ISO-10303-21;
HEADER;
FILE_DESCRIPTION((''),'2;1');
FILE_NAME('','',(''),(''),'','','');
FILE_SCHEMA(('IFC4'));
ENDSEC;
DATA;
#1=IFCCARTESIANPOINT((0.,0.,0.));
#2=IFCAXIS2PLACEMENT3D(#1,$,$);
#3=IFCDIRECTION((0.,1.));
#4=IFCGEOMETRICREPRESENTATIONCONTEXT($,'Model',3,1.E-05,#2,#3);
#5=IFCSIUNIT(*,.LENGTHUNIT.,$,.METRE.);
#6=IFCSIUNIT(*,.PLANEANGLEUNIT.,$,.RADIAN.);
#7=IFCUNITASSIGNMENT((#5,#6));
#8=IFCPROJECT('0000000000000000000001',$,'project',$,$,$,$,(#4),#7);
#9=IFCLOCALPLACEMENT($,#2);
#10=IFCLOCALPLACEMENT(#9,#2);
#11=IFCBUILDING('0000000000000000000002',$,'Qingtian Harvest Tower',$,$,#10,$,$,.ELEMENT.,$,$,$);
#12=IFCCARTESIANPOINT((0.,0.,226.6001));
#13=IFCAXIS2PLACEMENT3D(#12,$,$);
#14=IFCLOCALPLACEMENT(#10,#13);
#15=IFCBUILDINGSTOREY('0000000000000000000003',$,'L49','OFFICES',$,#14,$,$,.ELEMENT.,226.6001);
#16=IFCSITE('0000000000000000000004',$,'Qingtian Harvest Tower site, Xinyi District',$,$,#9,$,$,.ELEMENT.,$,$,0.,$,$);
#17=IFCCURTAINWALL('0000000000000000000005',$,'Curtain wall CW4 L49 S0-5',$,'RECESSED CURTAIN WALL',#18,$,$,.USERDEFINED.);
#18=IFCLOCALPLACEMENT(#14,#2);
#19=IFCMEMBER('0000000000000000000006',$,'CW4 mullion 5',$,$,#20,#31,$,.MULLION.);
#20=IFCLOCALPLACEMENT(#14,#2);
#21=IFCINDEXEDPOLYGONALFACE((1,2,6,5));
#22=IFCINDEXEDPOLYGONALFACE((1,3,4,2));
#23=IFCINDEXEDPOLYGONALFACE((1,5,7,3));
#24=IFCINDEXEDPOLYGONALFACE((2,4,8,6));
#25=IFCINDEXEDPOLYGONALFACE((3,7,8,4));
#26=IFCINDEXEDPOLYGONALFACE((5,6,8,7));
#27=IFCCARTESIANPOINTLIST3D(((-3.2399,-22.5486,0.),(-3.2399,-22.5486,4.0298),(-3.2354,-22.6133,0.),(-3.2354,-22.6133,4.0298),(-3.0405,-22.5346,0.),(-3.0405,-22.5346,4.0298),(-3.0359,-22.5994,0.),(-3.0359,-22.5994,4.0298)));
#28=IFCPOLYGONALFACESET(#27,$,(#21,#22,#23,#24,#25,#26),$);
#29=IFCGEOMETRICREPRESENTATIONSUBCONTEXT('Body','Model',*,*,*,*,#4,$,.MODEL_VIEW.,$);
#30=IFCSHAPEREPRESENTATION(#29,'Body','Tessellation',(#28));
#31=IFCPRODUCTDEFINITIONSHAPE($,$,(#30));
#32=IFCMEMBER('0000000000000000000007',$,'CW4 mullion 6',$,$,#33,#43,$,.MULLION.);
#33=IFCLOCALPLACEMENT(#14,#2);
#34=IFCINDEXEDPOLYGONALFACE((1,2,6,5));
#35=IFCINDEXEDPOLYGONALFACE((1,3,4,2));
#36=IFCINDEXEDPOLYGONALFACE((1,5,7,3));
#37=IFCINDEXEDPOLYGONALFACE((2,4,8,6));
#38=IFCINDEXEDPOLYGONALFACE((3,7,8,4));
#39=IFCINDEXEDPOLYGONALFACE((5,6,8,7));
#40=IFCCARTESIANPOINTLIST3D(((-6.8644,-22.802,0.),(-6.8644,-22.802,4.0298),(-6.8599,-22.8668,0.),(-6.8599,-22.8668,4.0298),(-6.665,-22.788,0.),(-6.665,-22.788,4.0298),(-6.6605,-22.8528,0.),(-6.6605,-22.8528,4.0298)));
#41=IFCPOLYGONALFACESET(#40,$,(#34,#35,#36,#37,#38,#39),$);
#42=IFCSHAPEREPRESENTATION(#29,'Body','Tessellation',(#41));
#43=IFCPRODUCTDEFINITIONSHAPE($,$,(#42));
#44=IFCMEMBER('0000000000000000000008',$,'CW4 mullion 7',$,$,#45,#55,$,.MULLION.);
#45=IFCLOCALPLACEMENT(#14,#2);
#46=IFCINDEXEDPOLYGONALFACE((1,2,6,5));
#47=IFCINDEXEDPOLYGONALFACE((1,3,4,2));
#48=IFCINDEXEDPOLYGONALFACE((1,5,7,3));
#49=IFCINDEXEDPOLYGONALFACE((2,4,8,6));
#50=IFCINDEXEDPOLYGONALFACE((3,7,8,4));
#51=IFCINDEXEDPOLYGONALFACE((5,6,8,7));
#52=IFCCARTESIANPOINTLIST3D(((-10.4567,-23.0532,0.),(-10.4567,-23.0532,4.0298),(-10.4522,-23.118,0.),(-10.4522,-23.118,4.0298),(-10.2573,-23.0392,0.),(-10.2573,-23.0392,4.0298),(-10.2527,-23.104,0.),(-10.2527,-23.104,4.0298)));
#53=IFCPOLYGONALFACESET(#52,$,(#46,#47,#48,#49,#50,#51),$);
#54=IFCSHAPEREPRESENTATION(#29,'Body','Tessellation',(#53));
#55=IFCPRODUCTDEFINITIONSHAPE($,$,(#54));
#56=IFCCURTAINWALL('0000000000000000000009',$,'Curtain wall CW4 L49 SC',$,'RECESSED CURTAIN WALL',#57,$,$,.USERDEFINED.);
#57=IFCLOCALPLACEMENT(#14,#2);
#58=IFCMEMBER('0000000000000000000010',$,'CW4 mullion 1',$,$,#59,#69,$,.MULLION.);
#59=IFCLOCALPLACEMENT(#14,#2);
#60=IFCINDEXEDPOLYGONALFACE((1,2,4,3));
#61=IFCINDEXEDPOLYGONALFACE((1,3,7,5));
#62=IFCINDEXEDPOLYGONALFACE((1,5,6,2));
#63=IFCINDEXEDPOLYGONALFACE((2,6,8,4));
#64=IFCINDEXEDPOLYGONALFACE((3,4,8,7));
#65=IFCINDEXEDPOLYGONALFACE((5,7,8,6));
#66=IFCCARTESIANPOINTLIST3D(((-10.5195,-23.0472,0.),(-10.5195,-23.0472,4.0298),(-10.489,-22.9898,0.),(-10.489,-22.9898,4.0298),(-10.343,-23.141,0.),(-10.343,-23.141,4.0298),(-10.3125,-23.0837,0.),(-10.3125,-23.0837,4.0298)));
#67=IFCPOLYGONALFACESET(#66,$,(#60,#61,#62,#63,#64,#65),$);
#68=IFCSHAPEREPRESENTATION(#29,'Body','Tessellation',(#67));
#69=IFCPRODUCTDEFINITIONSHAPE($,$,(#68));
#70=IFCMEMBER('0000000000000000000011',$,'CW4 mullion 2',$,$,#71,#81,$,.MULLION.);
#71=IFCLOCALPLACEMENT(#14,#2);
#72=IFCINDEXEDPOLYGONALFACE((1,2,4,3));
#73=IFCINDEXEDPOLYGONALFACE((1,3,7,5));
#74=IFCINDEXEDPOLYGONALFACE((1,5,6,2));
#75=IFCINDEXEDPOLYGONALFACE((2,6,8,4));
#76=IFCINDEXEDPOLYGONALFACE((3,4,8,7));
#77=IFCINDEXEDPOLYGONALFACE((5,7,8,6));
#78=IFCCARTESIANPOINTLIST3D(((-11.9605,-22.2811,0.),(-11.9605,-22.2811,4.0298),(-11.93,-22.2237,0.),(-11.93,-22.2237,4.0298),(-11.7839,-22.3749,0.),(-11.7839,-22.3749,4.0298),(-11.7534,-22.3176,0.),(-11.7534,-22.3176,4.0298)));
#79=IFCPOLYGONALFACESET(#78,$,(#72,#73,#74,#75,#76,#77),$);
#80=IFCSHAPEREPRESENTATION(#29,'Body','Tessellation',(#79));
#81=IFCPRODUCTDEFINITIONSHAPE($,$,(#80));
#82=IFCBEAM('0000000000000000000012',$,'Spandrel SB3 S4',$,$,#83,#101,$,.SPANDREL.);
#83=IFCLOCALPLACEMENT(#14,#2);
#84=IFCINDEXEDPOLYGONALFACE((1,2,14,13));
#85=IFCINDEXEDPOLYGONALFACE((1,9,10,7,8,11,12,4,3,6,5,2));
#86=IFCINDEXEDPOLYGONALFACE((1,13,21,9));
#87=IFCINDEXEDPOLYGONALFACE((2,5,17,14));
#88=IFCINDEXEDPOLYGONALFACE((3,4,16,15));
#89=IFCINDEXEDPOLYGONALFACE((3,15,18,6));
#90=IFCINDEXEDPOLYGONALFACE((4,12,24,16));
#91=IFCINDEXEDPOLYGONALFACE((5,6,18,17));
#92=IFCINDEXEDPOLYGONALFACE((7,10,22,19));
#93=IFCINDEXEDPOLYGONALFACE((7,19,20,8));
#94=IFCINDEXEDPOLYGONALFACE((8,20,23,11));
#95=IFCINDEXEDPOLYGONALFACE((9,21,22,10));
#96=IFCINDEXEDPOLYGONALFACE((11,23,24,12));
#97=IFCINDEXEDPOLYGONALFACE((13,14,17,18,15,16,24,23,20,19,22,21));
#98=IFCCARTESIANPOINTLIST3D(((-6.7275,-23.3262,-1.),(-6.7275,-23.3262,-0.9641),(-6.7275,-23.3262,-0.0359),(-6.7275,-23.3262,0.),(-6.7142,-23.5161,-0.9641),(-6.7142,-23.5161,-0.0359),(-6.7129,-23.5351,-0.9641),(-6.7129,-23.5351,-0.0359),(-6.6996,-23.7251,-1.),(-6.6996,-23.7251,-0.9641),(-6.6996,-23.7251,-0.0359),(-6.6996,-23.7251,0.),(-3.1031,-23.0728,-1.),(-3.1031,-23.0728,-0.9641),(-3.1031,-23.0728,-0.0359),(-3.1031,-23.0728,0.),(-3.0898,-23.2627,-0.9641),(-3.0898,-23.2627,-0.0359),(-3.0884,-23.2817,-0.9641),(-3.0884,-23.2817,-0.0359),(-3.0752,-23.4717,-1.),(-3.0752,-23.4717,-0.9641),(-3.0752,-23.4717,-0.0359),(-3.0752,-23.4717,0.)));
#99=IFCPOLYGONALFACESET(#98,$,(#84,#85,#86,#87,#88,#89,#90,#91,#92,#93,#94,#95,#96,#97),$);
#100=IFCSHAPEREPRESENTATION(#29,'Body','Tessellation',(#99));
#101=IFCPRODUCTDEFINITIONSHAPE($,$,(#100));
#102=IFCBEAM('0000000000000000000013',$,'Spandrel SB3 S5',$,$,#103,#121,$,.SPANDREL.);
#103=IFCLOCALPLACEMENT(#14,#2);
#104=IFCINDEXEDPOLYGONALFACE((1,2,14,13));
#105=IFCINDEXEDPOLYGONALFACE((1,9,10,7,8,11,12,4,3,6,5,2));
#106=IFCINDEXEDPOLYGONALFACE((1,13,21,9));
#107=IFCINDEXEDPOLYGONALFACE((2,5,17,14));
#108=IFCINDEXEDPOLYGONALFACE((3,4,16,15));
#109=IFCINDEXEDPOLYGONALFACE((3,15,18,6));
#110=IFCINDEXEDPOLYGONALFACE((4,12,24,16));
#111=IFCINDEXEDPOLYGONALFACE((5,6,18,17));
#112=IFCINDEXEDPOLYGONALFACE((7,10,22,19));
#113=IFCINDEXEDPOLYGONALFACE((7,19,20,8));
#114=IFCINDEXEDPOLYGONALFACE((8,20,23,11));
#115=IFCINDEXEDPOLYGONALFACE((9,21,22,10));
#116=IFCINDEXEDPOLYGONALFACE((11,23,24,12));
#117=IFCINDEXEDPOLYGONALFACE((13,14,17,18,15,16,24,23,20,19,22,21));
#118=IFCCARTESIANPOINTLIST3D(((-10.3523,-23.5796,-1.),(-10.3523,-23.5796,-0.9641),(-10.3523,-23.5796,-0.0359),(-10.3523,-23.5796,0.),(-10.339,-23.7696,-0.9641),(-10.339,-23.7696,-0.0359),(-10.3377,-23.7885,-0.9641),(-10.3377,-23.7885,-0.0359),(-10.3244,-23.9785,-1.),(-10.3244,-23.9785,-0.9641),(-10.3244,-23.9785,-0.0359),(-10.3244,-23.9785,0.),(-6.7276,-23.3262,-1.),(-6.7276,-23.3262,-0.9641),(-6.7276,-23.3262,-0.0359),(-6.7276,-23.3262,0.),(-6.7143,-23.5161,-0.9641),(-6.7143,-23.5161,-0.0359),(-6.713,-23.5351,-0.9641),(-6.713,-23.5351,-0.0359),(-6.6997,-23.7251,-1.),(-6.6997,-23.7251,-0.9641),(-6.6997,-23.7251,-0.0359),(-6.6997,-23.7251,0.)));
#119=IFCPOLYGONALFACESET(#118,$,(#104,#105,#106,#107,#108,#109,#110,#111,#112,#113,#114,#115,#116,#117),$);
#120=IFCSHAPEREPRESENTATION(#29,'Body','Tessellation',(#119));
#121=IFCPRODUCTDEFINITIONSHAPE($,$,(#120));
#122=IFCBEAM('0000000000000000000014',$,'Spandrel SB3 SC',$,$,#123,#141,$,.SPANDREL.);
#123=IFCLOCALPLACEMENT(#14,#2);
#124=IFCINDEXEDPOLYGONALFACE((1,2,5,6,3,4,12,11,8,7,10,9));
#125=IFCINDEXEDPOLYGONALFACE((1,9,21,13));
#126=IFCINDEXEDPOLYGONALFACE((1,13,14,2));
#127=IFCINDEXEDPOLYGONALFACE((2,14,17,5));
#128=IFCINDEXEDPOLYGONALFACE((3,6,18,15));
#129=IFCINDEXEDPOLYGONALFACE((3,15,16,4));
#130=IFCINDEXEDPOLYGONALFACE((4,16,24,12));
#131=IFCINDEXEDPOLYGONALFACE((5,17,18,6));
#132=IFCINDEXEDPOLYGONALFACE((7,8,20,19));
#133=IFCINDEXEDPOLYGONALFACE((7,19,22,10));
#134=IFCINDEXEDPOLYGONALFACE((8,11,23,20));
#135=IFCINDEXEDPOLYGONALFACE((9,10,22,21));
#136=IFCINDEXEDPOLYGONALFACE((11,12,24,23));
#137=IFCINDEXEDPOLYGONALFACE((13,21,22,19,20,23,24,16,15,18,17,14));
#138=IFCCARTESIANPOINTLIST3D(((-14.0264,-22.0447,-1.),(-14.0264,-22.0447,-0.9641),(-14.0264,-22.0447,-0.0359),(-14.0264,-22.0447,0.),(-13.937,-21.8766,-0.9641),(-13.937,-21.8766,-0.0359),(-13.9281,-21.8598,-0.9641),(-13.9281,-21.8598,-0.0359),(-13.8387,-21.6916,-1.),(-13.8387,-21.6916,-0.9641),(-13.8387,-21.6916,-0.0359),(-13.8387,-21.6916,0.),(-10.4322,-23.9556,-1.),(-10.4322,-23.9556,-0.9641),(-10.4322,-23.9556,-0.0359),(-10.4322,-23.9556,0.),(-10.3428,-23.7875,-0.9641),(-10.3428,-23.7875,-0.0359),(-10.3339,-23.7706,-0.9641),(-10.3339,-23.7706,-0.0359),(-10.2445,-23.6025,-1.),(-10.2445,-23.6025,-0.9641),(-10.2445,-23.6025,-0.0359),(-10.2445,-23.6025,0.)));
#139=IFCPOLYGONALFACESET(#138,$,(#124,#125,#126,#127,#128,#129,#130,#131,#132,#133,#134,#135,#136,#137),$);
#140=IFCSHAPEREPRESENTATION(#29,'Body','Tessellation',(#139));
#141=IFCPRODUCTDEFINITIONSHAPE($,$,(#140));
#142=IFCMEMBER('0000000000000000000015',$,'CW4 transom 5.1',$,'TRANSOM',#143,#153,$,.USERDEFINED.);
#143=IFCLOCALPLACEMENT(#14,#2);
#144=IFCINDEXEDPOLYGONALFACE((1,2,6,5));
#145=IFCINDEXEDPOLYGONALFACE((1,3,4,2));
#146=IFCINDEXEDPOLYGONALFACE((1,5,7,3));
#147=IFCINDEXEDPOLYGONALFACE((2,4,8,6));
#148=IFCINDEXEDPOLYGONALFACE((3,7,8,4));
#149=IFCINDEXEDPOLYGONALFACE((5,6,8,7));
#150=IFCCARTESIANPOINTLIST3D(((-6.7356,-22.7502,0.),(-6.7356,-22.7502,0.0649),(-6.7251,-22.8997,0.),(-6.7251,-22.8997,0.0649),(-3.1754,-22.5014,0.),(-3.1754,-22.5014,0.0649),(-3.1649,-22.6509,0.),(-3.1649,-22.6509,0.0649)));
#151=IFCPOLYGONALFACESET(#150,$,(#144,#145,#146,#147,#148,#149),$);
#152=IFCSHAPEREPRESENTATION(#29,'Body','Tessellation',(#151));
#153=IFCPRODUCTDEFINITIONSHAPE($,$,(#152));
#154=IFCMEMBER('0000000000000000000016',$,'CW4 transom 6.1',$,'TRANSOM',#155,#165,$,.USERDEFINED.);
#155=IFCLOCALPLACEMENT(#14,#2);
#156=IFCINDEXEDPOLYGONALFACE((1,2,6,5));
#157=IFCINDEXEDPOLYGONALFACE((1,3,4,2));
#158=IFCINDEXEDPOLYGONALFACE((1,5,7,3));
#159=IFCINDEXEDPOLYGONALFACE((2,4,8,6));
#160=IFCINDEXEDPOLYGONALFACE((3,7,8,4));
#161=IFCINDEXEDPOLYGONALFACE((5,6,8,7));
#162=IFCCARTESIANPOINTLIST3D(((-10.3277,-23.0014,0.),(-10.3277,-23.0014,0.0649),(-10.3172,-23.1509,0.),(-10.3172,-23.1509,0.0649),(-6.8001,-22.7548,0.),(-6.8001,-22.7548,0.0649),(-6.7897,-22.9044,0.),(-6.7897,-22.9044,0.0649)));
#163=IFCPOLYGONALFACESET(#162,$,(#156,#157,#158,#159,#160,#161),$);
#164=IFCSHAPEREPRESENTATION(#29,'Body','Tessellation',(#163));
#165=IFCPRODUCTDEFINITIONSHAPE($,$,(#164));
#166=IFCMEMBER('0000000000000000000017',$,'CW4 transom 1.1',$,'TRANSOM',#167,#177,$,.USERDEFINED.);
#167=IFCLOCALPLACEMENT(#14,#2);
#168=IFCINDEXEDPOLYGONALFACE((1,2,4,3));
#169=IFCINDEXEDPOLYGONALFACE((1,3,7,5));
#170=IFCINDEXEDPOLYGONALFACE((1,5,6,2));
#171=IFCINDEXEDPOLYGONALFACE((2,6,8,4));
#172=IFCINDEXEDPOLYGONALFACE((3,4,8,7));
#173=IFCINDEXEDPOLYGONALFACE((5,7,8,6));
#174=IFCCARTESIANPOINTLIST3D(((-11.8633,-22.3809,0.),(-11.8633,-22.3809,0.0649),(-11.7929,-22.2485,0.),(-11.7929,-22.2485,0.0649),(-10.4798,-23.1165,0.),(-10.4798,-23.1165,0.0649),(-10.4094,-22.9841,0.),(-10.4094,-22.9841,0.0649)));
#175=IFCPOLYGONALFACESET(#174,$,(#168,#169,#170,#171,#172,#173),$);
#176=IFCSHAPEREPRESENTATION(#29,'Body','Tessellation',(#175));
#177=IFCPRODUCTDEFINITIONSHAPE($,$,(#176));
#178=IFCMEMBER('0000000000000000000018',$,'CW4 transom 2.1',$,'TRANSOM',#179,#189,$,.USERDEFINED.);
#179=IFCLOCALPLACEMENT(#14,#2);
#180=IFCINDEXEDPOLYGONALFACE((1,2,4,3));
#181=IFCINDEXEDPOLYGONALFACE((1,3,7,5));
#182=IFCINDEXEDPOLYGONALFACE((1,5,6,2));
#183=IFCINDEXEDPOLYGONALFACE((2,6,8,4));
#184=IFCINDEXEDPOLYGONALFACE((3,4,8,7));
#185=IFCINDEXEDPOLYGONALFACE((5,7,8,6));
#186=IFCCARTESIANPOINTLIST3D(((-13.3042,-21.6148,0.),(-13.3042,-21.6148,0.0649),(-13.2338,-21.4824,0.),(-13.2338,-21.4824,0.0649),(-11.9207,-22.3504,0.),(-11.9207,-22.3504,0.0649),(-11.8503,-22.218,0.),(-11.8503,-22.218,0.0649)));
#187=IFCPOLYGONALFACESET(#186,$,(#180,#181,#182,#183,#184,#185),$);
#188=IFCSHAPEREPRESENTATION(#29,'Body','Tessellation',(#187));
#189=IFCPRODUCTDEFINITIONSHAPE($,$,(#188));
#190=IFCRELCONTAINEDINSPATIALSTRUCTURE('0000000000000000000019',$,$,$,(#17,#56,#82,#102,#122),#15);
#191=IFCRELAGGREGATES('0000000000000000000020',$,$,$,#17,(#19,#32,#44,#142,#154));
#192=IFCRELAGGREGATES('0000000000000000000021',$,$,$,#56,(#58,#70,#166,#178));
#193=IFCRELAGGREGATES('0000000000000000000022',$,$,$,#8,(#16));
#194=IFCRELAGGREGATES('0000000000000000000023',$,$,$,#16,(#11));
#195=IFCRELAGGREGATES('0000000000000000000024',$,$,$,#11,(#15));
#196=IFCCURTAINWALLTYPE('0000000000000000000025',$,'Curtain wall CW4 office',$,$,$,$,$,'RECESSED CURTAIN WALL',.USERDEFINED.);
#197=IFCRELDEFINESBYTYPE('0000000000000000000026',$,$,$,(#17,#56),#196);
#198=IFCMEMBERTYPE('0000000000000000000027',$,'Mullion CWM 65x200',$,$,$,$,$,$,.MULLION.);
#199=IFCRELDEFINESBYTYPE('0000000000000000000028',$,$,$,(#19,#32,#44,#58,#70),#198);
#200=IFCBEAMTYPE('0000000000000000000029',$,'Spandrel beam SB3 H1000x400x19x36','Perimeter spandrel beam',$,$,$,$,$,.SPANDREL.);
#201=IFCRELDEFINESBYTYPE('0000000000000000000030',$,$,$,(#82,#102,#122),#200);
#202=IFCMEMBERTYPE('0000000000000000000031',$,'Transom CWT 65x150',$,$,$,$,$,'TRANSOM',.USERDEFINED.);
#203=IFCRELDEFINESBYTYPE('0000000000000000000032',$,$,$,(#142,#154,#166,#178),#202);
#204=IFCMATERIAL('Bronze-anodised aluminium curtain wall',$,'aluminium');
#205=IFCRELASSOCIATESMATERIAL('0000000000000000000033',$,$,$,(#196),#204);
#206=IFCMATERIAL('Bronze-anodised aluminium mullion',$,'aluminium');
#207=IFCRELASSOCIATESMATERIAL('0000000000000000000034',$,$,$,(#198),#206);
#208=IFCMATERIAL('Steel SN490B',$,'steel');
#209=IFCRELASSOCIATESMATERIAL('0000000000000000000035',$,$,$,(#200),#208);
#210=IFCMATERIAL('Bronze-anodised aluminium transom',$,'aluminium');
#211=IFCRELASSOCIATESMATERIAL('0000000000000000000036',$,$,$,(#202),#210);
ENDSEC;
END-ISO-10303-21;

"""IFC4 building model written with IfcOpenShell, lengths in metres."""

from ifc_helpers import new_model, si_unit, direction, frame, origin, origin_2d, place, context, subcontext, project, spatial, rectangle, i_section, extrude, material, material_profile, profile_set, type_object, element, aggregate, save


model = new_model("IFC4")

# Units and contexts
model_context = context("Model", 3, precision=1e-05, world=origin(), true_north=direction((0.0, 1.0)))
body_context = subcontext(model_context, "Body", "Model", "MODEL_VIEW")
ifc_project = project(units=[si_unit("LENGTHUNIT", "METRE"), si_unit("PLANEANGLEUNIT", "RADIAN")], contexts=[model_context])

# Site, building, storey
site_placement = place(None, origin())
site = spatial("IfcSite", under=ifc_project, at=site_placement, Name="Qingtian Harvest Tower site, Xinyi District", CompositionType="ELEMENT", RefElevation=0.0)
building_placement = place(site_placement, origin())
building = spatial("IfcBuilding", under=site, at=building_placement, Name="Qingtian Harvest Tower", CompositionType="ELEMENT")
storey_placement = place(building_placement, frame((0.0, 0.0, 226.6001)))
storey = spatial("IfcBuildingStorey", under=building, at=storey_placement, Name="L49", Description="OFFICES", CompositionType="ELEMENT", Elevation=226.6001)

# Curtain walls, members
ifc_material_1 = material(Name="Bronze-anodised aluminium curtain wall", Category="aluminium")
curtain_wall_type = type_object("IfcCurtainWallType", Name="Curtain wall CW4 office", ElementType="RECESSED CURTAIN WALL", PredefinedType="USERDEFINED", material=ifc_material_1)
curtain_wall_1_placement = place(storey_placement, origin())
curtain_wall_1 = element("IfcCurtainWall", 1, at=curtain_wall_1_placement, inside=storey, type_object=curtain_wall_type, Name="Curtain wall CW4 L49 S0-5", ObjectType="RECESSED CURTAIN WALL", PredefinedType="USERDEFINED")
ifc_material_2 = material(Name="Bronze-anodised aluminium mullion", Category="aluminium")
ifc_material_profile_1 = material_profile(ifc_material_2, rectangle(XDim=0.0649, YDim=0.2, at=origin_2d()), Name="AL 65x200")
ifc_profile_set_1 = profile_set([ifc_material_profile_1], Name="Bronze-anodised aluminium mullion")
member_type_1 = type_object("IfcMemberType", Name="Mullion CWM 65x200", PredefinedType="MULLION", material=ifc_profile_set_1)
member_1_placement = place(storey_placement, frame((-3.1379, -22.574, 0.0), z_axis=(0.0, 0.0, 1.0), x_axis=(0.069756, -0.997564, 0.0)))
member_1 = element("IfcMember", 2, at=member_1_placement, type_object=member_type_1, Name="CW4 mullion 5", PredefinedType="MULLION", context=body_context, shape_type="SweptSolid", body=[
    extrude(rectangle(XDim=0.0649, YDim=0.2, at=origin_2d()), origin(), (0.0, 0.0, 1.0), 4.0298),
])
member_2_placement = place(storey_placement, frame((-6.7625, -22.8274, 0.0), z_axis=(0.0, 0.0, 1.0), x_axis=(0.069756, -0.997564, 0.0)))
member_2 = element("IfcMember", 3, at=member_2_placement, type_object=member_type_1, Name="CW4 mullion 6", PredefinedType="MULLION", context=body_context, shape_type="SweptSolid", body=[
    extrude(rectangle(XDim=0.0649, YDim=0.2, at=origin_2d()), origin(), (0.0, 0.0, 1.0), 4.0298),
])
member_3_placement = place(storey_placement, frame((-10.3547, -23.0786, 0.0), z_axis=(0.0, 0.0, 1.0), x_axis=(0.069756, -0.997564, 0.0)))
member_3 = element("IfcMember", 4, at=member_3_placement, type_object=member_type_1, Name="CW4 mullion 7", PredefinedType="MULLION", context=body_context, shape_type="SweptSolid", body=[
    extrude(rectangle(XDim=0.0649, YDim=0.2, at=origin_2d()), origin(), (0.0, 0.0, 1.0), 4.0298),
])
curtain_wall_2_placement = place(storey_placement, origin())
curtain_wall_2 = element("IfcCurtainWall", 5, at=curtain_wall_2_placement, inside=storey, type_object=curtain_wall_type, Name="Curtain wall CW4 L49 SC", ObjectType="RECESSED CURTAIN WALL", PredefinedType="USERDEFINED")
member_4_placement = place(storey_placement, frame((-10.416, -23.0654, 0.0), z_axis=(0.0, 0.0, 1.0), x_axis=(-0.469472, -0.882948, 0.0)))
member_4 = element("IfcMember", 6, at=member_4_placement, type_object=member_type_1, Name="CW4 mullion 1", PredefinedType="MULLION", context=body_context, shape_type="SweptSolid", body=[
    extrude(rectangle(XDim=0.0649, YDim=0.2, at=origin_2d()), origin(), (0.0, 0.0, 1.0), 4.0298),
])
member_5_placement = place(storey_placement, frame((-11.8569, -22.2993, 0.0), z_axis=(0.0, 0.0, 1.0), x_axis=(-0.469472, -0.882948, 0.0)))
member_5 = element("IfcMember", 7, at=member_5_placement, type_object=member_type_1, Name="CW4 mullion 2", PredefinedType="MULLION", context=body_context, shape_type="SweptSolid", body=[
    extrude(rectangle(XDim=0.0649, YDim=0.2, at=origin_2d()), origin(), (0.0, 0.0, 1.0), 4.0298),
])

# Beams
ifc_material_3 = material(Name="Steel SN490B", Category="steel")
ifc_material_profile_2 = material_profile(ifc_material_3, i_section(OverallWidth=0.3999, OverallDepth=1.0, WebThickness=0.019, FlangeThickness=0.0359, at=origin_2d()), Name="H1000x400x19x36")
ifc_profile_set_2 = profile_set([ifc_material_profile_2], Name="Steel SN490B")
beam_type_1 = type_object("IfcBeamType", Name="Spandrel beam SB3 H1000x400x19x36", Description="Perimeter spandrel beam", PredefinedType="SPANDREL", material=ifc_profile_set_2)
beam_1_placement = place(storey_placement, frame((-3.0891, -23.2722, -0.5), z_axis=(-0.997565, -0.069748, 0.0), x_axis=(0.069748, -0.997565, 0.0)))
element("IfcBeam", 8, at=beam_1_placement, inside=storey, type_object=beam_type_1, Name="Spandrel SB3 S4", PredefinedType="SPANDREL", context=body_context, shape_type="SweptSolid", body=[
    extrude(i_section(OverallWidth=0.3999, OverallDepth=1.0, WebThickness=0.019, FlangeThickness=0.0359, at=origin_2d()), origin(), (0.0, 0.0, 1.0), 3.6333),
])
beam_2_placement = place(storey_placement, frame((-6.7136, -23.5256, -0.5), z_axis=(-0.997565, -0.069743, 0.0), x_axis=(0.069743, -0.997565, 0.0)))
element("IfcBeam", 9, at=beam_2_placement, inside=storey, type_object=beam_type_1, Name="Spandrel SB3 S5", PredefinedType="SPANDREL", context=body_context, shape_type="SweptSolid", body=[
    extrude(i_section(OverallWidth=0.3999, OverallDepth=1.0, WebThickness=0.019, FlangeThickness=0.0359, at=origin_2d()), origin(), (0.0, 0.0, 1.0), 3.6335),
])
beam_3_placement = place(storey_placement, frame((-10.3384, -23.7791, -0.5), z_axis=(-0.882968, 0.469433, 0.0), x_axis=(-0.469433, -0.882968, 0.0)))
element("IfcBeam", 10, at=beam_3_placement, inside=storey, type_object=beam_type_1, Name="Spandrel SB3 SC", PredefinedType="SPANDREL", context=body_context, shape_type="SweptSolid", body=[
    extrude(i_section(OverallWidth=0.3999, OverallDepth=1.0, WebThickness=0.019, FlangeThickness=0.0359, at=origin_2d()), origin(), (0.0, 0.0, 1.0), 4.0706),
])

# Members
ifc_material_4 = material(Name="Bronze-anodised aluminium transom", Category="aluminium")
ifc_material_profile_3 = material_profile(ifc_material_4, rectangle(XDim=0.1499, YDim=0.0649, at=origin_2d()), Name="AL 65x150")
ifc_profile_set_3 = profile_set([ifc_material_profile_3], Name="Bronze-anodised aluminium transom")
member_type_2 = type_object("IfcMemberType", Name="Transom CWT 65x150", ElementType="TRANSOM", PredefinedType="USERDEFINED", material=ifc_profile_set_3)
member_6_placement = place(storey_placement, frame((-3.1702, -22.5762, 0.0325), z_axis=(-0.997567, -0.069711, 0.0), x_axis=(0.069711, -0.997567, 0.0)))
member_6 = element("IfcMember", 11, at=member_6_placement, type_object=member_type_2, Name="CW4 transom 5.1", ObjectType="TRANSOM", PredefinedType="USERDEFINED", context=body_context, shape_type="SweptSolid", body=[
    extrude(rectangle(XDim=0.1499, YDim=0.0649, at=origin_2d()), origin(), (0.0, 0.0, 1.0), 3.5688),
])
member_7_placement = place(storey_placement, frame((-6.7949, -22.8296, 0.0325), z_axis=(-0.997566, -0.069731, 0.0), x_axis=(0.069731, -0.997566, 0.0)))
member_7 = element("IfcMember", 12, at=member_7_placement, type_object=member_type_2, Name="CW4 transom 6.1", ObjectType="TRANSOM", PredefinedType="USERDEFINED", context=body_context, shape_type="SweptSolid", body=[
    extrude(rectangle(XDim=0.1499, YDim=0.0649, at=origin_2d()), origin(), (0.0, 0.0, 1.0), 3.5361),
])
member_8_placement = place(storey_placement, frame((-10.4446, -23.0503, 0.0325), z_axis=(-0.88296, 0.469448, 0.0), x_axis=(-0.469448, -0.88296, 0.0)))
member_8 = element("IfcMember", 13, at=member_8_placement, type_object=member_type_2, Name="CW4 transom 1.1", ObjectType="TRANSOM", PredefinedType="USERDEFINED", context=body_context, shape_type="SweptSolid", body=[
    extrude(rectangle(XDim=0.1499, YDim=0.0649, at=origin_2d()), origin(), (0.0, 0.0, 1.0), 1.5669),
])
member_9_placement = place(storey_placement, frame((-11.8855, -22.2842, 0.0325), z_axis=(-0.88296, 0.469448, 0.0), x_axis=(-0.469448, -0.88296, 0.0)))
member_9 = element("IfcMember", 14, at=member_9_placement, type_object=member_type_2, Name="CW4 transom 2.1", ObjectType="TRANSOM", PredefinedType="USERDEFINED", context=body_context, shape_type="SweptSolid", body=[
    extrude(rectangle(XDim=0.1499, YDim=0.0649, at=origin_2d()), origin(), (0.0, 0.0, 1.0), 1.5669),
])

aggregate(curtain_wall_1, [member_1, member_2, member_3, member_6, member_7])
aggregate(curtain_wall_2, [member_4, member_5, member_8, member_9])

save(model, "model.ifc")
